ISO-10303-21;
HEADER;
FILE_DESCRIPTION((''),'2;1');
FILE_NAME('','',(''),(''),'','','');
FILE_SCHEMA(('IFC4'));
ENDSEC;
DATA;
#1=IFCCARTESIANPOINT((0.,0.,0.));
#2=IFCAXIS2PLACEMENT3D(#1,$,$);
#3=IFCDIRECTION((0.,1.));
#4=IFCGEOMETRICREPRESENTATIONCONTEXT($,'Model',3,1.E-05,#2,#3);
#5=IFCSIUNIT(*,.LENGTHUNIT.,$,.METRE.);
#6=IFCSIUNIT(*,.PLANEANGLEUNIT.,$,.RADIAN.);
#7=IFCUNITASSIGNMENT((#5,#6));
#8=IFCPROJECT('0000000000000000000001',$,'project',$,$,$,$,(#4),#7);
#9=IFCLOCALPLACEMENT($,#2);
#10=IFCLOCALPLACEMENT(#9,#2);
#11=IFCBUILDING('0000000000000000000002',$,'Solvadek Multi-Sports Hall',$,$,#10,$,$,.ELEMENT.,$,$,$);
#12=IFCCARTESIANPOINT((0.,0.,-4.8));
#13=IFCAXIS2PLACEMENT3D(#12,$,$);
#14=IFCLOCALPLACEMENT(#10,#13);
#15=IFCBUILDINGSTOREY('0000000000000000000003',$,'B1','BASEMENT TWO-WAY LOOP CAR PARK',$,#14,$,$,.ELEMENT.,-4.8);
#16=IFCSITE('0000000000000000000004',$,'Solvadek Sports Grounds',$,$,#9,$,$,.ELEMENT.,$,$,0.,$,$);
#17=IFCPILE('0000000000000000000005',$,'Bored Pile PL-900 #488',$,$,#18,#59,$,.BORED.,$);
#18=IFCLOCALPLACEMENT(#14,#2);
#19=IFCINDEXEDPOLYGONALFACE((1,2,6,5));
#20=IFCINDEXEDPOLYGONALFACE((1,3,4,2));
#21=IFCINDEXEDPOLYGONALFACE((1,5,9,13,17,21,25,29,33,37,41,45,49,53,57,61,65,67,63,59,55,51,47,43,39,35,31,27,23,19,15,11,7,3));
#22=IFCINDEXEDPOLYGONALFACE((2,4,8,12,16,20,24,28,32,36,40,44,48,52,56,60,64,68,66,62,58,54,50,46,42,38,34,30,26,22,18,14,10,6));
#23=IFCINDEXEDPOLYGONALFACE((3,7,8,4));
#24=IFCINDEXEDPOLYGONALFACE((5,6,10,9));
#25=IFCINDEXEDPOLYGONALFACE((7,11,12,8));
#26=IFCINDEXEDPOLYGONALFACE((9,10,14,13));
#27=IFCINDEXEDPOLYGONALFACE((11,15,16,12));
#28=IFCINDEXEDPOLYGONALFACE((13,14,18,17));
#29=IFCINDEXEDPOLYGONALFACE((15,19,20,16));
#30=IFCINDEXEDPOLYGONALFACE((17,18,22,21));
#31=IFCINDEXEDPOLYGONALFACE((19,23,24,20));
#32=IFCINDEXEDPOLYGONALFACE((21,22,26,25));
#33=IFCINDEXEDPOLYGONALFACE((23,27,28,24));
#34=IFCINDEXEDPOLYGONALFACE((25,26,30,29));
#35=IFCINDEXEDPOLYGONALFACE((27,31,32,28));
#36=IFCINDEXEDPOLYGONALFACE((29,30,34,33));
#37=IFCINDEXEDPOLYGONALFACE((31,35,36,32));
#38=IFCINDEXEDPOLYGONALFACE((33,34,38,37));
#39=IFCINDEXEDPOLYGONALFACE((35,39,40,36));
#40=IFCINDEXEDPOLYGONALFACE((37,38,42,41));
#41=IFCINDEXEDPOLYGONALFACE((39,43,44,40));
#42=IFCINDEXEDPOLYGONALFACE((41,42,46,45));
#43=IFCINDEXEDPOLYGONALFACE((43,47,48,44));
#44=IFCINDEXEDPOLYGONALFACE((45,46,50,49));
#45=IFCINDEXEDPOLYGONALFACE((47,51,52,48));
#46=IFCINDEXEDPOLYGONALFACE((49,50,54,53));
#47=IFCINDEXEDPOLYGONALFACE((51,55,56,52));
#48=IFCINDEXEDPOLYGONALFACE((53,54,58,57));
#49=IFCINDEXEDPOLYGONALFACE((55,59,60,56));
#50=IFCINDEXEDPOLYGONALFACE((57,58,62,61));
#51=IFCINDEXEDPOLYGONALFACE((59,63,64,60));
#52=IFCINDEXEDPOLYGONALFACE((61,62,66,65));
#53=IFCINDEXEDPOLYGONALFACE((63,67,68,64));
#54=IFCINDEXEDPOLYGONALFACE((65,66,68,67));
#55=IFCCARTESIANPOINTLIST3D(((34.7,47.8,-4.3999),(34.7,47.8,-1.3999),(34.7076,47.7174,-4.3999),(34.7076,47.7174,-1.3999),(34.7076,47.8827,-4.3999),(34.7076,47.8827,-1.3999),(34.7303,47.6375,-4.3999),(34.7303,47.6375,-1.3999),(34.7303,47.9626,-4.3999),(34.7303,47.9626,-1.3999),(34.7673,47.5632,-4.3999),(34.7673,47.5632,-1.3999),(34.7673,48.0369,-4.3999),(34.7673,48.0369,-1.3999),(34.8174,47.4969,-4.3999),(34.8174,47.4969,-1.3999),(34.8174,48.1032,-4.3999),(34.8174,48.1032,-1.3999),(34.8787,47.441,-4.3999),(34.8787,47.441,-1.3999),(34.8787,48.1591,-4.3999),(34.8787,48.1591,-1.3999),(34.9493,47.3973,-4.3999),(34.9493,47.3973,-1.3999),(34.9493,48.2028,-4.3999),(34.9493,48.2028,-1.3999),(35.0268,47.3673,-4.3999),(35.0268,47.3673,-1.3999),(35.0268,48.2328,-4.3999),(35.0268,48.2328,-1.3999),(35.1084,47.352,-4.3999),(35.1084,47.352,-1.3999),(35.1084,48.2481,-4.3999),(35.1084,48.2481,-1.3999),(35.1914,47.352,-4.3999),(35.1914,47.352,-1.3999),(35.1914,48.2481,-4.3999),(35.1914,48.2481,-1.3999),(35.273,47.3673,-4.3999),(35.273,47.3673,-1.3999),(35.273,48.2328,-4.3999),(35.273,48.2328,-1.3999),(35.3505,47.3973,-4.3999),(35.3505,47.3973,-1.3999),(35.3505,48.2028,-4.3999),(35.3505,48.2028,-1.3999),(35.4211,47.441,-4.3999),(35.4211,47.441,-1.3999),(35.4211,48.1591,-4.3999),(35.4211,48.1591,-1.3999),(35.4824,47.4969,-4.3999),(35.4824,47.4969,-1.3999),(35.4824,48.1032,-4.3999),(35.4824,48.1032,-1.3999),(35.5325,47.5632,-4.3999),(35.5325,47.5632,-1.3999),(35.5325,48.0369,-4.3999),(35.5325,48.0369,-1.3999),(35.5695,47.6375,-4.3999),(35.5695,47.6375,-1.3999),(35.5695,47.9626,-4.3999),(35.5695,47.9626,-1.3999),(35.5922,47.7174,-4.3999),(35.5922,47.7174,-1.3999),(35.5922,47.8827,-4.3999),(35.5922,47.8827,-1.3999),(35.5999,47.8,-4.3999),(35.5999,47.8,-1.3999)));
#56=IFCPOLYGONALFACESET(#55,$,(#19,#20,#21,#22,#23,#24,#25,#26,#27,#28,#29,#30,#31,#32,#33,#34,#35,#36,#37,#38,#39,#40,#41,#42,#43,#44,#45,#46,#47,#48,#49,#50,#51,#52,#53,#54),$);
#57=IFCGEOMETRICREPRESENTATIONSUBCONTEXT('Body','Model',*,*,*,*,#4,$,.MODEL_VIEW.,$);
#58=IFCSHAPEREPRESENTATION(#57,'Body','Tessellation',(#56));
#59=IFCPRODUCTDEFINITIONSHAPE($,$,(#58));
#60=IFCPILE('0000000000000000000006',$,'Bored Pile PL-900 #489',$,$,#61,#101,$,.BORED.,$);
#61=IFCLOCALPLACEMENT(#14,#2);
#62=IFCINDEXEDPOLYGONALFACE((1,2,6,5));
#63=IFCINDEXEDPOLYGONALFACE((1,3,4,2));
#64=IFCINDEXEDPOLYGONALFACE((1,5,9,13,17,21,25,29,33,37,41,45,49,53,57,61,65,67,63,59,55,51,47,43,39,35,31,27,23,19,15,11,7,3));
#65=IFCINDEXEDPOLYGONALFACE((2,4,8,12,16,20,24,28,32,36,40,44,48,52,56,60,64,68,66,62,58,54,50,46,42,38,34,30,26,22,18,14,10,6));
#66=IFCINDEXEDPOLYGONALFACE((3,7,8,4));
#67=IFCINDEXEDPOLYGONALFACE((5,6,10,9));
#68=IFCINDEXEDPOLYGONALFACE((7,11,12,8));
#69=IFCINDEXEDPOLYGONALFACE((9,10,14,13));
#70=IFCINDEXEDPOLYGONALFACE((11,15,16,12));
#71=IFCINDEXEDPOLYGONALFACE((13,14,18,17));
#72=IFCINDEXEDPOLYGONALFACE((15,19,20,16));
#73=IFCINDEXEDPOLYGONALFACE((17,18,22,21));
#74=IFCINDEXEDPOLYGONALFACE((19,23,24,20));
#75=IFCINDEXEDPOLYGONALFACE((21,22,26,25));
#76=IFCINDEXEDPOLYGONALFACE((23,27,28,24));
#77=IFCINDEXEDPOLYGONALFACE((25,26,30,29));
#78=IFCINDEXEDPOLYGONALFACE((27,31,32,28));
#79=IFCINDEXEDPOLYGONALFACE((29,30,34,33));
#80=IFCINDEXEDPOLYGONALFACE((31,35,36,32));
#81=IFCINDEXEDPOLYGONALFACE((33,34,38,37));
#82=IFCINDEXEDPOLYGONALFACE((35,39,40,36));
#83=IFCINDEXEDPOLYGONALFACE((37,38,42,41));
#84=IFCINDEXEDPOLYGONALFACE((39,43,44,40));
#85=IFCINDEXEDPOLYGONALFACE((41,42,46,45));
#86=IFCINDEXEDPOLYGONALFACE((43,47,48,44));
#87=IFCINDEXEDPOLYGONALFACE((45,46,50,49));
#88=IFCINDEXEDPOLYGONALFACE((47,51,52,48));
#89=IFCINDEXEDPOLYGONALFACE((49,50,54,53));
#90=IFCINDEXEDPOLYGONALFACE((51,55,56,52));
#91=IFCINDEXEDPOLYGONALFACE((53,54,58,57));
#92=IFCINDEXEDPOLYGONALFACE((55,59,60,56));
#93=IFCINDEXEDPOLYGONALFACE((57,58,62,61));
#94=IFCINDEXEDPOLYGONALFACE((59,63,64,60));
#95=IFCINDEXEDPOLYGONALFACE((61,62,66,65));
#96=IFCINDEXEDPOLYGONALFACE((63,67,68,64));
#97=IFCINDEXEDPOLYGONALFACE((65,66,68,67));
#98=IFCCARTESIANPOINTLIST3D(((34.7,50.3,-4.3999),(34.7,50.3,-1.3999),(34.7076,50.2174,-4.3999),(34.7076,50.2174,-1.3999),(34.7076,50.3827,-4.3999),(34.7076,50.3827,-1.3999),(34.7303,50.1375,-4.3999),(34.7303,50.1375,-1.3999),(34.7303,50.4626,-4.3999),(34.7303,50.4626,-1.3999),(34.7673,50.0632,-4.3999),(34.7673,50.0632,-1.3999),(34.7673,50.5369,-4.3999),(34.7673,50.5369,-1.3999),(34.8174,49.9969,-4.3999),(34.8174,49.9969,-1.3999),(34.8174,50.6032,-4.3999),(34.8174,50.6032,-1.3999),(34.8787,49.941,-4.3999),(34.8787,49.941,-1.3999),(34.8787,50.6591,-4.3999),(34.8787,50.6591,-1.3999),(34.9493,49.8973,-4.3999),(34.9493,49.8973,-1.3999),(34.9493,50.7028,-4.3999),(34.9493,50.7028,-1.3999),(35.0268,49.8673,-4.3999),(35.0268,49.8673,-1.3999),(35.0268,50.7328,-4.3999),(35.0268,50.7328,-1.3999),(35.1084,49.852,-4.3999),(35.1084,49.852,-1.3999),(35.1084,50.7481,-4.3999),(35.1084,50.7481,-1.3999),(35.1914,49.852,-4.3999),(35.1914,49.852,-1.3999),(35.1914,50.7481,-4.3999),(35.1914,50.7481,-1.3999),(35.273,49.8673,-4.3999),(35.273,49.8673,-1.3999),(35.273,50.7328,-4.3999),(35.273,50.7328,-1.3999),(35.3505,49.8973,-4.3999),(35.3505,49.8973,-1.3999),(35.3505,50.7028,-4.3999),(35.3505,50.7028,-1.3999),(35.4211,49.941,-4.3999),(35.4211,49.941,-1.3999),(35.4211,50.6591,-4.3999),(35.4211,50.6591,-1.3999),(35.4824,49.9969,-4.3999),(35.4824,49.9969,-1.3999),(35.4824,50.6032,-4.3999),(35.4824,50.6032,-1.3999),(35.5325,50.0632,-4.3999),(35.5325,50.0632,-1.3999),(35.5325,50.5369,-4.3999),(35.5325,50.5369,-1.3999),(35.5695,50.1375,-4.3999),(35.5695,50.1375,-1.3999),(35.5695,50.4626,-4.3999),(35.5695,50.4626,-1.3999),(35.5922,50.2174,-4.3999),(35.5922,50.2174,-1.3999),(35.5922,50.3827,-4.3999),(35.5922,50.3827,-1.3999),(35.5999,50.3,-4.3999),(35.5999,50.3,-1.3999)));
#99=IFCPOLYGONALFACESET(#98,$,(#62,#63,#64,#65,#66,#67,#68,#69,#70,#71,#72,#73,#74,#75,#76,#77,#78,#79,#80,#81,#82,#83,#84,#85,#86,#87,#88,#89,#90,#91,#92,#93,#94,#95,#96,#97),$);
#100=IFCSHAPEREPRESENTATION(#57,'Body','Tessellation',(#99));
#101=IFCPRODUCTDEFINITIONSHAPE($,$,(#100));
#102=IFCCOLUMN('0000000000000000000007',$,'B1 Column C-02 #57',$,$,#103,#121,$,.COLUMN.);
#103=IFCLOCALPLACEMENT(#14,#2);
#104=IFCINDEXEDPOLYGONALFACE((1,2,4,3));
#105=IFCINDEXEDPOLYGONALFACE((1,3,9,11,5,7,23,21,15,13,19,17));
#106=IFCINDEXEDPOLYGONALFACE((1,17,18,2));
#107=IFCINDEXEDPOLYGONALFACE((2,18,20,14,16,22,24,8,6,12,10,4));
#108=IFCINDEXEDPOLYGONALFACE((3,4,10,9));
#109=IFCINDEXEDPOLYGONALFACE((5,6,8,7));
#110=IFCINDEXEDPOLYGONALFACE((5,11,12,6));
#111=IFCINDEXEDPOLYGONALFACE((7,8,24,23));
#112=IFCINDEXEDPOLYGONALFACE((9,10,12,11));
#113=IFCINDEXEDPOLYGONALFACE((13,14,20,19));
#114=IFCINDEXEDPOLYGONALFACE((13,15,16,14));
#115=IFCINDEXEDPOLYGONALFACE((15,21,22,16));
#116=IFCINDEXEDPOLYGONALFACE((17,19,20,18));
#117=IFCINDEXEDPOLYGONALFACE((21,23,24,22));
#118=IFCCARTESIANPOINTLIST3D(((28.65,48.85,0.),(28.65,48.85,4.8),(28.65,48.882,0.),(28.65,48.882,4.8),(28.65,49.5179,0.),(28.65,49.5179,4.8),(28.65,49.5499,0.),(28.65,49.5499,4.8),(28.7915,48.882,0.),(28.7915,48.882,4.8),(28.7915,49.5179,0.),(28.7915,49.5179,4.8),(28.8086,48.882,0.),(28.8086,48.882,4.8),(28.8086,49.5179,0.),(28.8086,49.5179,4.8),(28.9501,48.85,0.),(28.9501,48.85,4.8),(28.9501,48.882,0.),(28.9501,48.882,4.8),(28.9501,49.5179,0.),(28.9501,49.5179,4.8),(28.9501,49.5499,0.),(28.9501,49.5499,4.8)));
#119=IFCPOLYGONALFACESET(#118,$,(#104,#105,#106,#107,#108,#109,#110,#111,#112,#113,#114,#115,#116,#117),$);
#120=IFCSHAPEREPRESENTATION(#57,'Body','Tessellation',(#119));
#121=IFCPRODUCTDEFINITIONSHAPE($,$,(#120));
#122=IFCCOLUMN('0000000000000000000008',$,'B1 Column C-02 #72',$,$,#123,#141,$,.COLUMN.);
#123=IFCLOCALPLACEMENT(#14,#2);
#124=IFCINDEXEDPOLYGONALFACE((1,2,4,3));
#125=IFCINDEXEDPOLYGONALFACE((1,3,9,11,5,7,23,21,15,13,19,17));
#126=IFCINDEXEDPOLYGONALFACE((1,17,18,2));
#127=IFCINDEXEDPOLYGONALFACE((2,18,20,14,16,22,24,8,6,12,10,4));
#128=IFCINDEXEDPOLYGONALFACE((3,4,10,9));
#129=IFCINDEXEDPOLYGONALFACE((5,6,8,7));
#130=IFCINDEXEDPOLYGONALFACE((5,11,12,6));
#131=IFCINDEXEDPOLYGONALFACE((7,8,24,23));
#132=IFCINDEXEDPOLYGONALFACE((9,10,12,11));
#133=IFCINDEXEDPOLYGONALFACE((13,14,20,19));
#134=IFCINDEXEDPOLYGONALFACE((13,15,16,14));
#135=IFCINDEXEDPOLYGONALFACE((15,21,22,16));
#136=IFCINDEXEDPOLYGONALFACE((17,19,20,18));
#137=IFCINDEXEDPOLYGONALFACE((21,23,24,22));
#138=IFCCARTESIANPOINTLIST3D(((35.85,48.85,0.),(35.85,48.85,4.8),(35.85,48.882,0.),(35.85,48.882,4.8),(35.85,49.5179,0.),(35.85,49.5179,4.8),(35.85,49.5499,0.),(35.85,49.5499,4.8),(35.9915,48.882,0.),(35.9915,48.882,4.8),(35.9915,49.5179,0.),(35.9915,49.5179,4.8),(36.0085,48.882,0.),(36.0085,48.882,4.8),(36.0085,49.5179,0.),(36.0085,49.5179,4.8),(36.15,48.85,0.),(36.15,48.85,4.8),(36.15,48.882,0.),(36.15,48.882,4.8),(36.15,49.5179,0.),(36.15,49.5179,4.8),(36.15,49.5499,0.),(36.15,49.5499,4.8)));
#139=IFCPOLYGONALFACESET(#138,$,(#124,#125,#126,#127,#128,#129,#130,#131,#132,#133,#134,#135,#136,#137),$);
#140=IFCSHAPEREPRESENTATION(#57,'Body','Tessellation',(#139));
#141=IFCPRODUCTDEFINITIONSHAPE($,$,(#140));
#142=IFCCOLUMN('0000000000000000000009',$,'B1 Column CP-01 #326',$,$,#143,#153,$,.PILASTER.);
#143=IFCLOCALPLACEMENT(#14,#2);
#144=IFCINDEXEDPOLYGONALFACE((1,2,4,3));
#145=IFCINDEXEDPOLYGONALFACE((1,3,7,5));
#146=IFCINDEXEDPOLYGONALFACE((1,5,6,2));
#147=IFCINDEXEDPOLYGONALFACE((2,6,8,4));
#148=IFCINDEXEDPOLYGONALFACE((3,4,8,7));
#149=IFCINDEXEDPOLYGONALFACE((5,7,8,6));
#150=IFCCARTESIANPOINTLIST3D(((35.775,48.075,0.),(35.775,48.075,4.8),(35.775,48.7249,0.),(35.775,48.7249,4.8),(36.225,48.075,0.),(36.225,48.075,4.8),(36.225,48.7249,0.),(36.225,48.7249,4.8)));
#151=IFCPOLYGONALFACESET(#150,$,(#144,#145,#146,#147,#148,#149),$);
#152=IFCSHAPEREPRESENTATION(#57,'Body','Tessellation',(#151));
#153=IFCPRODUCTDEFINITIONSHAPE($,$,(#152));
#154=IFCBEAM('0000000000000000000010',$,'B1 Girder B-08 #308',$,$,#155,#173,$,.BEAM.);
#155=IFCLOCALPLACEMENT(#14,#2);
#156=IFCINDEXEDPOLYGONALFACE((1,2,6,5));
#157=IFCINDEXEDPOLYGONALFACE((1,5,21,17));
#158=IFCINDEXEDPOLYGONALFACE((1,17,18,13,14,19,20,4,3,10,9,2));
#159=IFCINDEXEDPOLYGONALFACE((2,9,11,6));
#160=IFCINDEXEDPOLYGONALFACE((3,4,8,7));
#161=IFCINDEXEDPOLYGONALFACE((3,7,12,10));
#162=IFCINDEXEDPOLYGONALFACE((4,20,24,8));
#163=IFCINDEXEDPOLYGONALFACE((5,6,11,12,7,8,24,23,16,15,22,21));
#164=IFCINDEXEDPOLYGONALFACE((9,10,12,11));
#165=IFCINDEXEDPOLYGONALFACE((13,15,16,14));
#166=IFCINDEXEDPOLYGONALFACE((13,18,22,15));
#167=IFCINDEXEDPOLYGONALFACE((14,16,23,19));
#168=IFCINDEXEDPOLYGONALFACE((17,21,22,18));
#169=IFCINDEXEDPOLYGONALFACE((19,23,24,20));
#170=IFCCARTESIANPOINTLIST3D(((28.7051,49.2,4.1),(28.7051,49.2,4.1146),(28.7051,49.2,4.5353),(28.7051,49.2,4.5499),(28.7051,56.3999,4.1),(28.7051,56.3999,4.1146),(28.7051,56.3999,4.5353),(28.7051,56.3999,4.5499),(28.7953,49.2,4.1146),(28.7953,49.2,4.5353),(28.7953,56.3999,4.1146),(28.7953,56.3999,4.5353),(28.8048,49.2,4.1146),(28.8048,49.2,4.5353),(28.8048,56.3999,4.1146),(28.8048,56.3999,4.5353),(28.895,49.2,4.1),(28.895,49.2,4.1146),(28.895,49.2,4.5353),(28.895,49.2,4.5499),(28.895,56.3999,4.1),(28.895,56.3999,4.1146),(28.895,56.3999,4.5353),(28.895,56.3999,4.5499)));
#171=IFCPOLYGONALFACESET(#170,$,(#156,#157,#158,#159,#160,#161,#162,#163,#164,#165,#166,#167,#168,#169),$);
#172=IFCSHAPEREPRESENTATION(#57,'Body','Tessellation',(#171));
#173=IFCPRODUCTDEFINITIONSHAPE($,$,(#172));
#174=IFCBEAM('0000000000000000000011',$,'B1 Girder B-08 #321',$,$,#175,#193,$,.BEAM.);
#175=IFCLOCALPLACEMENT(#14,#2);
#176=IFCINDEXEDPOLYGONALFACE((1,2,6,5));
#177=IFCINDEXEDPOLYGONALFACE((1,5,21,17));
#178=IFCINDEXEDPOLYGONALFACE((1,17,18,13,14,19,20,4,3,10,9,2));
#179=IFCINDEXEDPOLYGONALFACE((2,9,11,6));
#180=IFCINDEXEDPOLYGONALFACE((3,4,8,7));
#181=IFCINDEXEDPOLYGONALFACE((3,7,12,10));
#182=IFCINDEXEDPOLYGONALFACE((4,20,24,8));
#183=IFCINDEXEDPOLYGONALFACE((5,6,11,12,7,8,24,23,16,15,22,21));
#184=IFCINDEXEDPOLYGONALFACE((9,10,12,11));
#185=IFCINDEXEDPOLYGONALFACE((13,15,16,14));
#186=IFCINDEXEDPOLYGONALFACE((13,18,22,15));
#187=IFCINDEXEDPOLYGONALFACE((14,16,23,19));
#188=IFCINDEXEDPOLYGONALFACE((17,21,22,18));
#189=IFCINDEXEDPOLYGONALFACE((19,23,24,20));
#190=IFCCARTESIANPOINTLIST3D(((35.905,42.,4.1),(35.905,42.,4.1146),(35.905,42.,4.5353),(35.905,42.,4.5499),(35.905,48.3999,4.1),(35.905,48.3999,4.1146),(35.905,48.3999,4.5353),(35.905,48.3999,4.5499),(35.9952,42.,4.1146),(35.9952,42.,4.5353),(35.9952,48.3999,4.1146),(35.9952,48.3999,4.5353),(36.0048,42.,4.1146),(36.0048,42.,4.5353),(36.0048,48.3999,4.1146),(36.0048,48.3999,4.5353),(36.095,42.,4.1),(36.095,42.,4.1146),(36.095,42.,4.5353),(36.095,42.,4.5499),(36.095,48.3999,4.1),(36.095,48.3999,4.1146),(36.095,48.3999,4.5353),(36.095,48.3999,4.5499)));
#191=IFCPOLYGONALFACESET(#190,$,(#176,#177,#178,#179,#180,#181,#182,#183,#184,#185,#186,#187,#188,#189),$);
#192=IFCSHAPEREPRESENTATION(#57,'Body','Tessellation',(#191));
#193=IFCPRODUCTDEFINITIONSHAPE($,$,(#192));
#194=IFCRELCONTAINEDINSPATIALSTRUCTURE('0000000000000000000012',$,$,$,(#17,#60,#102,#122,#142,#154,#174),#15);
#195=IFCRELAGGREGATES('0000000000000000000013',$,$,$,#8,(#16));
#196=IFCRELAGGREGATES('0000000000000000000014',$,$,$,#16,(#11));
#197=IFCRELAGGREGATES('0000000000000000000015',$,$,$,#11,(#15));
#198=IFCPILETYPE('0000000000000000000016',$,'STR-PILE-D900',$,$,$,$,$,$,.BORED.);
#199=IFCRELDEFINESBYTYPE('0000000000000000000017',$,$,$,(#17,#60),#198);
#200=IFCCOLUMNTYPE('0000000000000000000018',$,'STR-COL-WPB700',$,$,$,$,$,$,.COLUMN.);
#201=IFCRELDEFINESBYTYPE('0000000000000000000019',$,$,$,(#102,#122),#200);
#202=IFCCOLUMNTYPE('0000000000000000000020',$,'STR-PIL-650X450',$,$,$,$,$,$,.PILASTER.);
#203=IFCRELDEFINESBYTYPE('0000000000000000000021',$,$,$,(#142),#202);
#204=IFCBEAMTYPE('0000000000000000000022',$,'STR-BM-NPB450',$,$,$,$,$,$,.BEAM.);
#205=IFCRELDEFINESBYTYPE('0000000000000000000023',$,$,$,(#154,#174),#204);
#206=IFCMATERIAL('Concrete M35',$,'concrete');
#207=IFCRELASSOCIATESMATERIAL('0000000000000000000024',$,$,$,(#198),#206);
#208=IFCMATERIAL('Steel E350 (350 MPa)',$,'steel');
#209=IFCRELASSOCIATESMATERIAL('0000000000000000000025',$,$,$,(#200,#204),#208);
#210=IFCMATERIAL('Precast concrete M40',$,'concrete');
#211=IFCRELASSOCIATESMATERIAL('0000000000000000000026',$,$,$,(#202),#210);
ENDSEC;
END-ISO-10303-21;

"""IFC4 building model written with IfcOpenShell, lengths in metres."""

from ifc_helpers import new_model, si_unit, direction, frame, origin, origin_2d, place, context, subcontext, project, spatial, rectangle, circle, i_section, extrude, material, material_profile, profile_set, type_object, element, save


model = new_model("IFC4")

# Units and contexts
model_context = context("Model", 3, precision=1e-05, world=origin(), true_north=direction((0.0, 1.0)))
body_context = subcontext(model_context, "Body", "Model", "MODEL_VIEW")
ifc_project = project(units=[si_unit("LENGTHUNIT", "METRE"), si_unit("PLANEANGLEUNIT", "RADIAN")], contexts=[model_context])

# Site, building, storey
site_placement = place(None, origin())
site = spatial("IfcSite", under=ifc_project, at=site_placement, Name="Solvadek Sports Grounds", CompositionType="ELEMENT", RefElevation=0.0)
building_placement = place(site_placement, origin())
building = spatial("IfcBuilding", under=site, at=building_placement, Name="Solvadek Multi-Sports Hall", CompositionType="ELEMENT")
storey_placement = place(building_placement, frame((0.0, 0.0, -4.8)))
storey = spatial("IfcBuildingStorey", under=building, at=storey_placement, Name="B1", Description="BASEMENT TWO-WAY LOOP CAR PARK", CompositionType="ELEMENT", Elevation=-4.8)

# Piles
ifc_material_1 = material(Name="Concrete M35", Category="concrete")
ifc_material_profile_1 = material_profile(ifc_material_1, circle(Radius=0.45, at=origin_2d()), Name="BORED PILE D900")
ifc_profile_set_1 = profile_set([ifc_material_profile_1], Name="Concrete M35")
pile_type_1 = type_object("IfcPileType", Name="STR-PILE-D900", PredefinedType="BORED", material=ifc_profile_set_1)
for number, where, z_axis, x_axis, name in (
    (1, (35.1499, 47.8, -1.3999), (0.0, 0.0, -1.0), (1.0, 0.0, 0.0), "Bored Pile PL-900 #488"),
    (2, (35.1499, 50.3, -1.3999), (0.0, 0.0, -1.0), (1.0, 0.0, 0.0), "Bored Pile PL-900 #489"),
):
    element("IfcPile", number, at=place(storey_placement, frame(where, z_axis=z_axis, x_axis=x_axis)), inside=storey, type_object=pile_type_1, Name=name, PredefinedType="BORED", context=body_context, shape_type="SweptSolid", body=[
        extrude(circle(Radius=0.45, at=origin_2d()), origin(), (0.0, 0.0, 1.0), 3.0),
    ])

# Columns
ifc_material_2 = material(Name="Steel E350 (350 MPa)", Category="steel")
ifc_material_profile_2 = material_profile(ifc_material_2, i_section(OverallWidth=0.3, OverallDepth=0.7, WebThickness=0.0171, FlangeThickness=0.032, at=origin_2d()), Name="WPB 700")
ifc_profile_set_2 = profile_set([ifc_material_profile_2], Name="Steel E350 (350 MPa)")
column_type_1 = type_object("IfcColumnType", Name="STR-COL-WPB700", PredefinedType="COLUMN", material=ifc_profile_set_2)
for number, where, z_axis, x_axis, name in (
    (3, (28.8, 49.2, 0.0), (0.0, 0.0, 1.0), (1.0, 0.0, 0.0), "B1 Column C-02 #57"),
    (4, (36.0, 49.2, 0.0), (0.0, 0.0, 1.0), (1.0, 0.0, 0.0), "B1 Column C-02 #72"),
):
    element("IfcColumn", number, at=place(storey_placement, frame(where, z_axis=z_axis, x_axis=x_axis)), inside=storey, type_object=column_type_1, Name=name, PredefinedType="COLUMN", context=body_context, shape_type="SweptSolid", body=[
        extrude(i_section(OverallWidth=0.3, OverallDepth=0.7, WebThickness=0.0171, FlangeThickness=0.032, at=origin_2d()), origin(), (0.0, 0.0, 1.0), 4.8),
    ])
ifc_material_3 = material(Name="Precast concrete M40", Category="concrete")
ifc_material_profile_3 = material_profile(ifc_material_3, rectangle(XDim=0.45, YDim=0.6499, at=origin_2d()), Name="RC PILASTER 650x450")
ifc_profile_set_3 = profile_set([ifc_material_profile_3], Name="Precast concrete M40")
column_type_2 = type_object("IfcColumnType", Name="STR-PIL-650X450", PredefinedType="PILASTER", material=ifc_profile_set_3)
column_placement = place(storey_placement, frame((36.0, 48.3999, 0.0), z_axis=(0.0, 0.0, 1.0), x_axis=(1.0, 0.0, 0.0)))
element("IfcColumn", 5, at=column_placement, inside=storey, type_object=column_type_2, Name="B1 Column CP-01 #326", PredefinedType="PILASTER", context=body_context, shape_type="SweptSolid", body=[
    extrude(rectangle(XDim=0.45, YDim=0.6499, at=origin_2d()), origin(), (0.0, 0.0, 1.0), 4.8),
])

# Beams
ifc_material_profile_4 = material_profile(ifc_material_2, i_section(OverallWidth=0.1899, OverallDepth=0.45, WebThickness=0.0095, FlangeThickness=0.0146, at=origin_2d()), Name="NPB 450")
ifc_profile_set_4 = profile_set([ifc_material_profile_4], Name="Steel E350 (350 MPa)")
beam_type_1 = type_object("IfcBeamType", Name="STR-BM-NPB450", PredefinedType="BEAM", material=ifc_profile_set_4)
beam_1_placement = place(storey_placement, frame((28.8, 49.2, 4.325), z_axis=(0.0, 1.0, 0.0), x_axis=(-1.0, 0.0, 0.0)))
element("IfcBeam", 6, at=beam_1_placement, inside=storey, type_object=beam_type_1, Name="B1 Girder B-08 #308", PredefinedType="BEAM", context=body_context, shape_type="SweptSolid", body=[
    extrude(i_section(OverallWidth=0.1899, OverallDepth=0.45, WebThickness=0.0095, FlangeThickness=0.0146, at=origin_2d()), origin(), (0.0, 0.0, 1.0), 7.2),
])
beam_2_placement = place(storey_placement, frame((36.0, 42.0, 4.325), z_axis=(0.0, 1.0, 0.0), x_axis=(-1.0, 0.0, 0.0)))
element("IfcBeam", 7, at=beam_2_placement, inside=storey, type_object=beam_type_1, Name="B1 Girder B-08 #321", PredefinedType="BEAM", context=body_context, shape_type="SweptSolid", body=[
    extrude(i_section(OverallWidth=0.1899, OverallDepth=0.45, WebThickness=0.0095, FlangeThickness=0.0146, at=origin_2d()), origin(), (0.0, 0.0, 1.0), 6.3999),
])

save(model, "model.ifc")
